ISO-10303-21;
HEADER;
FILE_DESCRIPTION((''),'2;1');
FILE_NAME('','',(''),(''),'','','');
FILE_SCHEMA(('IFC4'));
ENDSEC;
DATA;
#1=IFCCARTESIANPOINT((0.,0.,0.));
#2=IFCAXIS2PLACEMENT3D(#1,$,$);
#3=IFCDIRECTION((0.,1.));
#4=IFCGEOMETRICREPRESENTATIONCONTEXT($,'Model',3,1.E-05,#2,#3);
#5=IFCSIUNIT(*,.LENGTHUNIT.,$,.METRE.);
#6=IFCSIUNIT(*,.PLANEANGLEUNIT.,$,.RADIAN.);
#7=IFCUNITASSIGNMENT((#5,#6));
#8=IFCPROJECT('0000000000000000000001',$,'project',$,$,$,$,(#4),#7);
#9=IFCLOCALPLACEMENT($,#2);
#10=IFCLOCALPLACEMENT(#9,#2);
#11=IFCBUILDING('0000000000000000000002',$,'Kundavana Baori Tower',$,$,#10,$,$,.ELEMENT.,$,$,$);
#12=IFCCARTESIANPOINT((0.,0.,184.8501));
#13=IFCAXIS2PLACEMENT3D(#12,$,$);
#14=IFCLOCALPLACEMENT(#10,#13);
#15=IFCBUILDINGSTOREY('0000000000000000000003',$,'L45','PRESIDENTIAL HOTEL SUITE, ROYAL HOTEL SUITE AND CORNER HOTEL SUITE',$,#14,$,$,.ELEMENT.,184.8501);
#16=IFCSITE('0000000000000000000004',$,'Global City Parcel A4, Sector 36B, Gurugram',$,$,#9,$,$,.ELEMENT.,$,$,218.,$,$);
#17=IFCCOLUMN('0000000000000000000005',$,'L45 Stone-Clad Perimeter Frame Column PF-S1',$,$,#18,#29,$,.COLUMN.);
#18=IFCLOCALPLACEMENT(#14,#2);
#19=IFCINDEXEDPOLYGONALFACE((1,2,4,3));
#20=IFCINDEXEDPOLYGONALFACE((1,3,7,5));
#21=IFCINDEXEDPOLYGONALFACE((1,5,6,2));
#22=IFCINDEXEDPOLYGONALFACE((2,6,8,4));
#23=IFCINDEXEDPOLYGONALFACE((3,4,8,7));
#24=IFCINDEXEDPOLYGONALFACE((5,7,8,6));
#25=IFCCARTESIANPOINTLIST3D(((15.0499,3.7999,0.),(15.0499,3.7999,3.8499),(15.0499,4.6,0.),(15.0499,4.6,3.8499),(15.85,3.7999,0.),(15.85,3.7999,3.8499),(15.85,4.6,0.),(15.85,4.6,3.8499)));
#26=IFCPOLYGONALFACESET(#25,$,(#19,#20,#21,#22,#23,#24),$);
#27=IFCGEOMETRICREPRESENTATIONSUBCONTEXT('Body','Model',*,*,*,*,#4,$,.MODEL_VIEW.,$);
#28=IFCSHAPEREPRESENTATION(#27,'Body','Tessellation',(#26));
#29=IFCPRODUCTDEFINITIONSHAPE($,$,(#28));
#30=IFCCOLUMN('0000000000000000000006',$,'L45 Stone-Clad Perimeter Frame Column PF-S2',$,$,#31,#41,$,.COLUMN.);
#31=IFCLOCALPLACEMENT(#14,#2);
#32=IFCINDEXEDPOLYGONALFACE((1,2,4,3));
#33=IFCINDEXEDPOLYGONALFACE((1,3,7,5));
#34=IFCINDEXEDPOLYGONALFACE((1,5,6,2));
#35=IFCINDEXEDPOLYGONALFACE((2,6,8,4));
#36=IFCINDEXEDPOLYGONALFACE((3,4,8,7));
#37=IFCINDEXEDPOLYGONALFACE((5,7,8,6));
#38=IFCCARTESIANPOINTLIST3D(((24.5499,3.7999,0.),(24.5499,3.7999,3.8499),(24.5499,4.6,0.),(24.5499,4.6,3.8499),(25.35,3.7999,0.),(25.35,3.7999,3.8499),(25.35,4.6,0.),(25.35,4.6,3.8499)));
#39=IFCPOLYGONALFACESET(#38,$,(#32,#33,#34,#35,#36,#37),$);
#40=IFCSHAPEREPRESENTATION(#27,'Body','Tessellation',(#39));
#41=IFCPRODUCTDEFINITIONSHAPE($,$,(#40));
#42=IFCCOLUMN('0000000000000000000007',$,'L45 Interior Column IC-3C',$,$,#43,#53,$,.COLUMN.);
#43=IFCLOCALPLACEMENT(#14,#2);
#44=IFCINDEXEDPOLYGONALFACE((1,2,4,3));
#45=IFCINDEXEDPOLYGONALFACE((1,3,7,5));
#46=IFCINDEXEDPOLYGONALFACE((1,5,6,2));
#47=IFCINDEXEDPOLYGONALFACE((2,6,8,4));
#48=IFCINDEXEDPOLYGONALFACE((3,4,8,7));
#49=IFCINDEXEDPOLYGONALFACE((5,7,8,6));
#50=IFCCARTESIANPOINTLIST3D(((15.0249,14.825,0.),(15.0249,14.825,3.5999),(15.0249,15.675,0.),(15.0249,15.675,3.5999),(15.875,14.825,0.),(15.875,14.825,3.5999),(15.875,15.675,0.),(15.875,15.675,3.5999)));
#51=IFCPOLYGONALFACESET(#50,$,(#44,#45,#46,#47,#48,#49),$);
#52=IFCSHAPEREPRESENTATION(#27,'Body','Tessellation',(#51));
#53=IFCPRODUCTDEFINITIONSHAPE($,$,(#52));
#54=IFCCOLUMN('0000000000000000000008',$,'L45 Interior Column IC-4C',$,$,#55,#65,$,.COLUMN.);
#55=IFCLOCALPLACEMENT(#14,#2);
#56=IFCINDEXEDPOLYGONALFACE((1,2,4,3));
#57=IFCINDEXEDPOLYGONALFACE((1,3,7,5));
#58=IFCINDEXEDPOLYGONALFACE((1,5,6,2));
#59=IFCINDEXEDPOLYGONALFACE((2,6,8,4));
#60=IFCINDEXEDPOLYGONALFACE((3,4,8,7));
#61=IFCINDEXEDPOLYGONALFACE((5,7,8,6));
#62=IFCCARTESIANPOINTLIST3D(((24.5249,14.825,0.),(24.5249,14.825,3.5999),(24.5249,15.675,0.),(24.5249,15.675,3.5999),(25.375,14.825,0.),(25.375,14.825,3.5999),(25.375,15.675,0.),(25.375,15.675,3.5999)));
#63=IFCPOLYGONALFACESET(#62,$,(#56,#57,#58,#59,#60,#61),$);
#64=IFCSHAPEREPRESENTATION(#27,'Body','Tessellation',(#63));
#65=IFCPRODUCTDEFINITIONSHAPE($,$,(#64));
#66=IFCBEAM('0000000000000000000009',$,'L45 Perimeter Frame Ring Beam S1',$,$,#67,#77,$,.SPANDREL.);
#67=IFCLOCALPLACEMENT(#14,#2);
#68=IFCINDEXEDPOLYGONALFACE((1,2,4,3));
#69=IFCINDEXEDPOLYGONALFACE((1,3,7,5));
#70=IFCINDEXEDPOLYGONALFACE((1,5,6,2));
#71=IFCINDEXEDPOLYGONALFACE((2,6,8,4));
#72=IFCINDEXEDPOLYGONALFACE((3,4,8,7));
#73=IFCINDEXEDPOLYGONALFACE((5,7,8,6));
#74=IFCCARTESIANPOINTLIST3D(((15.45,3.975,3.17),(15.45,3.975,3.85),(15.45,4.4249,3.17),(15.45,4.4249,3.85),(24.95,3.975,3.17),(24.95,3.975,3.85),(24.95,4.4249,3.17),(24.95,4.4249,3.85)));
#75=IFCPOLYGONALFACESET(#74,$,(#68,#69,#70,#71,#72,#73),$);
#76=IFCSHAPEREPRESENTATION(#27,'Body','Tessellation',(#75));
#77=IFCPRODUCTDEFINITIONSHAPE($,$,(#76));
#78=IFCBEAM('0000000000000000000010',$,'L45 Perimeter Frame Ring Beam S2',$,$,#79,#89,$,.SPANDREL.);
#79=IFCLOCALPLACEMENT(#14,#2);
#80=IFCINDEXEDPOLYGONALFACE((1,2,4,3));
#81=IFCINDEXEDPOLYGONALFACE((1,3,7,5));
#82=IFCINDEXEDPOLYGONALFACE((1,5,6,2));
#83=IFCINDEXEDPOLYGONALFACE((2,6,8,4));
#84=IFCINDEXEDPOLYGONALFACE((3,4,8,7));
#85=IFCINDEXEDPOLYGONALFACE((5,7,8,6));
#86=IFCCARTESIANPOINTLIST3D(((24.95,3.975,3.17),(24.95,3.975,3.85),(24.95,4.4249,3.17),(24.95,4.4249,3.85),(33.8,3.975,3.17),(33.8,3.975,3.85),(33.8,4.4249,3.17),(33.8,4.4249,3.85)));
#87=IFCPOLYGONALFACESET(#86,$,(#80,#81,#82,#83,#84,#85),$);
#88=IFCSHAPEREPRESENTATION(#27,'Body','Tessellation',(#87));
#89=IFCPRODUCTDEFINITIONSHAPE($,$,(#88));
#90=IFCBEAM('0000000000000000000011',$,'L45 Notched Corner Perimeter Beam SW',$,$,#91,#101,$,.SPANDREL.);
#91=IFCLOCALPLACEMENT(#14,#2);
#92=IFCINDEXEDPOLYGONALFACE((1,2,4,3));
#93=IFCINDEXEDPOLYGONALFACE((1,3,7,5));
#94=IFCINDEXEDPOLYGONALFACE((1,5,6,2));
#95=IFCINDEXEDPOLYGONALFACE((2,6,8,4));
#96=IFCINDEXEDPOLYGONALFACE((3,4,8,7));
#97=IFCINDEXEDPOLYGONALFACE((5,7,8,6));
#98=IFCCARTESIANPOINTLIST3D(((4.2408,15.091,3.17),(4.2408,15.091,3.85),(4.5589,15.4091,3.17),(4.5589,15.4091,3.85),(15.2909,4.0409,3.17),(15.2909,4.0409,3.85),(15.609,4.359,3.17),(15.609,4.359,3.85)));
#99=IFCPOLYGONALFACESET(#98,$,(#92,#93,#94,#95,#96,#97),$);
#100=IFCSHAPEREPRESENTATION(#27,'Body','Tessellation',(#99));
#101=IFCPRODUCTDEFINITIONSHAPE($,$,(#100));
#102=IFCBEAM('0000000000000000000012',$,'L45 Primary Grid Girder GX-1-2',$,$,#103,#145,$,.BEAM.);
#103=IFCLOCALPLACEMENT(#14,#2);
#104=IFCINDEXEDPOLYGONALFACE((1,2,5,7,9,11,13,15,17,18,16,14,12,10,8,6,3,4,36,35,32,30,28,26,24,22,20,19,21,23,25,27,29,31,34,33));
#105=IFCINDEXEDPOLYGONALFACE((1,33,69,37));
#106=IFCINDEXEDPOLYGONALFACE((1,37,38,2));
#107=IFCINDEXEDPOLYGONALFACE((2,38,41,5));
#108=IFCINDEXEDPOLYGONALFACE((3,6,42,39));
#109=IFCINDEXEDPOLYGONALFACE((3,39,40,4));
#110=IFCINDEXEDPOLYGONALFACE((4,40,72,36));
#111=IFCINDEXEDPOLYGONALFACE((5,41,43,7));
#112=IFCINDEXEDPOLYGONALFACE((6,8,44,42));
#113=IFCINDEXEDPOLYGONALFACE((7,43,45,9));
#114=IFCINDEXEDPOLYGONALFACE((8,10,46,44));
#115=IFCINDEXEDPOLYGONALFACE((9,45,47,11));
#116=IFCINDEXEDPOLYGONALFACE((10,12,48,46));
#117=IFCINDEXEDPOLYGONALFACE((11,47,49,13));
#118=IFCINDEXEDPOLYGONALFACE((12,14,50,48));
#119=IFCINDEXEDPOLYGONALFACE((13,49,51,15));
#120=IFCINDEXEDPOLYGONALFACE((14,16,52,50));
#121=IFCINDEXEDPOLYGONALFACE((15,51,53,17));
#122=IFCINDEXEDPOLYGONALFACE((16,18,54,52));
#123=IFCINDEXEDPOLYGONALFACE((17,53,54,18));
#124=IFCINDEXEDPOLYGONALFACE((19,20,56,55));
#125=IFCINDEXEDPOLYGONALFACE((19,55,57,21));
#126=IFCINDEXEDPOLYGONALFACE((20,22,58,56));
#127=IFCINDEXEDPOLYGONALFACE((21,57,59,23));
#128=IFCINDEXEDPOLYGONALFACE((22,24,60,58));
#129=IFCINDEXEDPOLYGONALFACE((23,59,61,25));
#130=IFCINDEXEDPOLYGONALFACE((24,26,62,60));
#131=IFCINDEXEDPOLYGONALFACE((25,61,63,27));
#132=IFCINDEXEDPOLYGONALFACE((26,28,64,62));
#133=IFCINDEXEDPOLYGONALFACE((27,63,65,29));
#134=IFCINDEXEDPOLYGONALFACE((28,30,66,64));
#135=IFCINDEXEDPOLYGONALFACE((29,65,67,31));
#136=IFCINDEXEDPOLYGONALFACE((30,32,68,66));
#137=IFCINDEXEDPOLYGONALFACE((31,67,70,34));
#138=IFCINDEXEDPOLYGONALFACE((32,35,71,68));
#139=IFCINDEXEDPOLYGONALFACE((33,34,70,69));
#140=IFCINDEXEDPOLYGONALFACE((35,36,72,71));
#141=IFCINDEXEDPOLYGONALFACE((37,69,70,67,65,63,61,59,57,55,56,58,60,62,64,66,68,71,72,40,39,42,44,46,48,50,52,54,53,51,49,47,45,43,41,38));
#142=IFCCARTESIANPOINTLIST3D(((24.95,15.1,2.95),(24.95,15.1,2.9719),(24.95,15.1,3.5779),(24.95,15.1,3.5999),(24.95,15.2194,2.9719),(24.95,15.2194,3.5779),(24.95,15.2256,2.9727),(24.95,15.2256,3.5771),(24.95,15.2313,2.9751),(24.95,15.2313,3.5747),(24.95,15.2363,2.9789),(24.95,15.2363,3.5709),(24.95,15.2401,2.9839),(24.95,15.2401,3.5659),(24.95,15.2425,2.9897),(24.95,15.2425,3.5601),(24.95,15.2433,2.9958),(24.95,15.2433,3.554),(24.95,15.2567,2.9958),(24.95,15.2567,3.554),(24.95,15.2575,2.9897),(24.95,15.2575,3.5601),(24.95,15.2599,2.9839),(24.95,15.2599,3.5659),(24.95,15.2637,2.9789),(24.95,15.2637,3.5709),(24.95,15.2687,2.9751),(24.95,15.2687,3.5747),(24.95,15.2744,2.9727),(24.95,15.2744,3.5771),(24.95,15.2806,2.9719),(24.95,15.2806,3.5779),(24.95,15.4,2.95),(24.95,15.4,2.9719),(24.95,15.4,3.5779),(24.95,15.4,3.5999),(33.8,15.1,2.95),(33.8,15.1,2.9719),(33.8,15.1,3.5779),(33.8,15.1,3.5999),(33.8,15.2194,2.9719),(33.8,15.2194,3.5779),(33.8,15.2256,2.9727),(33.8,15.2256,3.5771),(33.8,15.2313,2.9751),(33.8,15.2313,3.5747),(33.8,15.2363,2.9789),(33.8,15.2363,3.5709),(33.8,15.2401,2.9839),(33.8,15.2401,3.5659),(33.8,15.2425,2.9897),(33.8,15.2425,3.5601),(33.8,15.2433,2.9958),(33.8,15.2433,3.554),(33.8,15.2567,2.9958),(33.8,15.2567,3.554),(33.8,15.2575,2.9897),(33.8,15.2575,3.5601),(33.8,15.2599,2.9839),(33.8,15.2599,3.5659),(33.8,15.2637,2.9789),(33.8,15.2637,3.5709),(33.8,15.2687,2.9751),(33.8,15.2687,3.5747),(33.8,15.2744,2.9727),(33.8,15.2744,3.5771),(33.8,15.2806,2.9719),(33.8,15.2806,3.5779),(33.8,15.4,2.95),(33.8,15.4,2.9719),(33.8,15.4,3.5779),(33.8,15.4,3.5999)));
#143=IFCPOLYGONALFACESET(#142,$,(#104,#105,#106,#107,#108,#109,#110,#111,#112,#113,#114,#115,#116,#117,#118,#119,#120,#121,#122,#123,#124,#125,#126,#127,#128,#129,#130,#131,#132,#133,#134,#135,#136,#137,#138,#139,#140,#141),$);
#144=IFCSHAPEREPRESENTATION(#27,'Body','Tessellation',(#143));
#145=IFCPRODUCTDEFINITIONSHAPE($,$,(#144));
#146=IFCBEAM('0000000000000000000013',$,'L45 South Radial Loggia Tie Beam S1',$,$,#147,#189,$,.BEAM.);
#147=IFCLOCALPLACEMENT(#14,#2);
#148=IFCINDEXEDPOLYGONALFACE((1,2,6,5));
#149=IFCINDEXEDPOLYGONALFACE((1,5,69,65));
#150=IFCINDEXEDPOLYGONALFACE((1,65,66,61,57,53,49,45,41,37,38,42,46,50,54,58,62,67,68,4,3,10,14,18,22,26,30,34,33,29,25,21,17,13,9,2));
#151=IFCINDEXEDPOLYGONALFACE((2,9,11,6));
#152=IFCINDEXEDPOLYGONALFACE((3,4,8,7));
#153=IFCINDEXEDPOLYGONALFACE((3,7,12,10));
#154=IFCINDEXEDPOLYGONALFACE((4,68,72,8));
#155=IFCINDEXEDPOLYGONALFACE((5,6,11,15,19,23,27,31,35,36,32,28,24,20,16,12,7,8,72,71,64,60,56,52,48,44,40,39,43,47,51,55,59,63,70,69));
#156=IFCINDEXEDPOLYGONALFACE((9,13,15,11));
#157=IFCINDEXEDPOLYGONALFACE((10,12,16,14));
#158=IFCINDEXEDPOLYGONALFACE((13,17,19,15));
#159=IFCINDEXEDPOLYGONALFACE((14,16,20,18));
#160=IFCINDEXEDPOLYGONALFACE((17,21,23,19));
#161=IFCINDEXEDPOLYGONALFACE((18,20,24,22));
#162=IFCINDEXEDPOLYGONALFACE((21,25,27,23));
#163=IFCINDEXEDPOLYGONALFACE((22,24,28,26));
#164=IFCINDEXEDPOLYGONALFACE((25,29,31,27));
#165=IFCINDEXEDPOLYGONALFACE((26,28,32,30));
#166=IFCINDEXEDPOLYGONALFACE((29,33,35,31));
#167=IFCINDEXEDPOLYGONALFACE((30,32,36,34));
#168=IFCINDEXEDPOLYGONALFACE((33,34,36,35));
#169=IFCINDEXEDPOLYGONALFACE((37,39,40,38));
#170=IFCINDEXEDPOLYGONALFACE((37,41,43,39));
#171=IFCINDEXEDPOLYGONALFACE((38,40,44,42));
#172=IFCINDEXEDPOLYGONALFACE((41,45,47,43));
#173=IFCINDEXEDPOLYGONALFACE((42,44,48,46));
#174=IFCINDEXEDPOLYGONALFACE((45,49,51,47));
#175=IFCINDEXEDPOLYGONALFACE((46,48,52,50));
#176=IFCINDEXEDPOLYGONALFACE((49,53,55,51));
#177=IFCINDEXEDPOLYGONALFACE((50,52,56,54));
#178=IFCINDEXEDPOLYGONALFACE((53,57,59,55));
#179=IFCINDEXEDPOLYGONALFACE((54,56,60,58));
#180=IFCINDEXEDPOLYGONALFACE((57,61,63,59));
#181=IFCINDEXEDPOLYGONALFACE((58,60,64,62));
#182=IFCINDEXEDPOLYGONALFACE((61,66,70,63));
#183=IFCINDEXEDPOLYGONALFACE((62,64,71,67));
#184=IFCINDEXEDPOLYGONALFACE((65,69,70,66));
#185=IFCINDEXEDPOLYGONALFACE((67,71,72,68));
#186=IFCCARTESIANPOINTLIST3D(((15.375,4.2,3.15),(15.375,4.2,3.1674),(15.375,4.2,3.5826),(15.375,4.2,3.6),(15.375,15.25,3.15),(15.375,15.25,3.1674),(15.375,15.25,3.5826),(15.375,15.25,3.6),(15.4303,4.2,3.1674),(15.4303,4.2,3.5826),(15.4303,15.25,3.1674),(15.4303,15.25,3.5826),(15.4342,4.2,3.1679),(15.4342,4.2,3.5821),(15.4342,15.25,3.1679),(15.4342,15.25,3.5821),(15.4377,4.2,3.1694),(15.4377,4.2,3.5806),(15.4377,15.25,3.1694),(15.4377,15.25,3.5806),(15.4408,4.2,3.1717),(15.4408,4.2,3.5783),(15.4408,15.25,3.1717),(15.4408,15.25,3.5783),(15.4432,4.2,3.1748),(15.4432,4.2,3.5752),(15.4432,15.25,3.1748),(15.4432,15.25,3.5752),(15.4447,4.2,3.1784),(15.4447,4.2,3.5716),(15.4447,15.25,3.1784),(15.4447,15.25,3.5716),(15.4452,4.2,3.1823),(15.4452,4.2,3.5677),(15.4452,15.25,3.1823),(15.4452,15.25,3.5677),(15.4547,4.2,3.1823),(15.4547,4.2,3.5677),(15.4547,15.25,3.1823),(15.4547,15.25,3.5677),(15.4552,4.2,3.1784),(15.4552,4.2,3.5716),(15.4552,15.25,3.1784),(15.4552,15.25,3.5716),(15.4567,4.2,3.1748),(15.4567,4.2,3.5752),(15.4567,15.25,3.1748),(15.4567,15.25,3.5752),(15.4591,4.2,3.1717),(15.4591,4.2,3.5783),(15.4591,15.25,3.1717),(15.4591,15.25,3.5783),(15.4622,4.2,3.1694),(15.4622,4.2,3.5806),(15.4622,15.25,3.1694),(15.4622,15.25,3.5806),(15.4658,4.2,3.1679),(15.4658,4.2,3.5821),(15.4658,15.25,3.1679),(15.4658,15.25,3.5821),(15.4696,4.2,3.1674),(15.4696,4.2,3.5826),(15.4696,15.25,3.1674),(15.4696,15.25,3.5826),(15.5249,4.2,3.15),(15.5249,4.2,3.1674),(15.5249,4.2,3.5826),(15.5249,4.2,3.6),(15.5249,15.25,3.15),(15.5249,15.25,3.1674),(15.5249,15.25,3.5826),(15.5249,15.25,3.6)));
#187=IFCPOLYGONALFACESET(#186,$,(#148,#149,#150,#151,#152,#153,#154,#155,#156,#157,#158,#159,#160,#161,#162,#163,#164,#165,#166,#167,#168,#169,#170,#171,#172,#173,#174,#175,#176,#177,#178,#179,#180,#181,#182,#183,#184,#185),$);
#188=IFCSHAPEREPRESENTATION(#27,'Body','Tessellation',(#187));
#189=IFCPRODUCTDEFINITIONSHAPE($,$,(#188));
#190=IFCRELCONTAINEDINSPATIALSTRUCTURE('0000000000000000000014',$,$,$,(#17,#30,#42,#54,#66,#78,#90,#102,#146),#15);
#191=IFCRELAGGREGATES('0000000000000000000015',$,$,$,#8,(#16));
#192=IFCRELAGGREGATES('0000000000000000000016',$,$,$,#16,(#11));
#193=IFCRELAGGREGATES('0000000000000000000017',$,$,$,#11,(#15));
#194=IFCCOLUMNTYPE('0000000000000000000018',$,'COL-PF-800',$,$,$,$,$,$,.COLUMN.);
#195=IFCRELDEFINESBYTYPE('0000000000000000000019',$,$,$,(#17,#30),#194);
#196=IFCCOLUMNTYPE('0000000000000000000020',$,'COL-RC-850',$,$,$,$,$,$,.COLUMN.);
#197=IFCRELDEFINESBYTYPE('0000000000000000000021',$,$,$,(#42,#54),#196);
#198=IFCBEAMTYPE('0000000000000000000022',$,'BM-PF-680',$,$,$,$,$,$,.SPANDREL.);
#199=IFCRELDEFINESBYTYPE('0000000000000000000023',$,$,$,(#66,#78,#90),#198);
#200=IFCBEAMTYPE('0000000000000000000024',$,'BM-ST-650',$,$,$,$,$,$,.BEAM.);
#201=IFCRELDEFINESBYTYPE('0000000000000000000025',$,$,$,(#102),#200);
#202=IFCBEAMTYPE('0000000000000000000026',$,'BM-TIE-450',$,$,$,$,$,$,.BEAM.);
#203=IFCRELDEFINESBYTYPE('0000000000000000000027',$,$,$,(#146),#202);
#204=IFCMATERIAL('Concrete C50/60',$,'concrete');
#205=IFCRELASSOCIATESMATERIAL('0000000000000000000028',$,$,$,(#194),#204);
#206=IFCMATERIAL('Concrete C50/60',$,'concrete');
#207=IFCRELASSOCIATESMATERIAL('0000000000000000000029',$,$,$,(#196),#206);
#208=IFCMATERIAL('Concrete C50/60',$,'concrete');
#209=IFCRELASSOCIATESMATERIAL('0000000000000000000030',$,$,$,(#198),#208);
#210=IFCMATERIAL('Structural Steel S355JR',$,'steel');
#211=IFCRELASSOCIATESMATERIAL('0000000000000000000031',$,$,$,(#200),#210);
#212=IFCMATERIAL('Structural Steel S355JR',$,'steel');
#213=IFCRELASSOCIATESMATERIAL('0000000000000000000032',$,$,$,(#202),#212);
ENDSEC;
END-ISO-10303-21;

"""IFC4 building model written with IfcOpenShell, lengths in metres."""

from ifc_helpers import new_model, si_unit, direction, frame, origin, origin_2d, place, context, subcontext, project, spatial, rectangle, i_section, extrude, material, material_profile, profile_set, type_object, element, save


model = new_model("IFC4")

# Units and contexts
model_context = context("Model", 3, precision=1e-05, world=origin(), true_north=direction((0.0, 1.0)))
body_context = subcontext(model_context, "Body", "Model", "MODEL_VIEW")
ifc_project = project(units=[si_unit("LENGTHUNIT", "METRE"), si_unit("PLANEANGLEUNIT", "RADIAN")], contexts=[model_context])

# Site, building, storey
site_placement = place(None, origin())
site = spatial("IfcSite", under=ifc_project, at=site_placement, Name="Global City Parcel A4, Sector 36B, Gurugram", CompositionType="ELEMENT", RefElevation=218.0)
building_placement = place(site_placement, origin())
building = spatial("IfcBuilding", under=site, at=building_placement, Name="Kundavana Baori Tower", CompositionType="ELEMENT")
storey_placement = place(building_placement, frame((0.0, 0.0, 184.8501)))
storey = spatial("IfcBuildingStorey", under=building, at=storey_placement, Name="L45", Description="PRESIDENTIAL HOTEL SUITE, ROYAL HOTEL SUITE AND CORNER HOTEL SUITE", CompositionType="ELEMENT", Elevation=184.8501)

# Columns
ifc_material_1 = material(Name="Concrete C50/60", Category="concrete")
ifc_material_profile_1 = material_profile(ifc_material_1, rectangle(XDim=0.8, YDim=0.8, at=origin_2d()), Name="RC PF 800x800")
ifc_profile_set_1 = profile_set([ifc_material_profile_1], Name="Concrete C50/60")
column_type_1 = type_object("IfcColumnType", Name="COL-PF-800", PredefinedType="COLUMN", material=ifc_profile_set_1)
for number, where, z_axis, x_axis, name in (
    (1, (15.45, 4.2, 0.0), (0.0, 0.0, 1.0), (1.0, 0.0, 0.0), "L45 Stone-Clad Perimeter Frame Column PF-S1"),
    (2, (24.95, 4.2, 0.0), (0.0, 0.0, 1.0), (1.0, 0.0, 0.0), "L45 Stone-Clad Perimeter Frame Column PF-S2"),
):
    element("IfcColumn", number, at=place(storey_placement, frame(where, z_axis=z_axis, x_axis=x_axis)), inside=storey, type_object=column_type_1, Name=name, PredefinedType="COLUMN", context=body_context, shape_type="SweptSolid", body=[
        extrude(rectangle(XDim=0.8, YDim=0.8, at=origin_2d()), origin(), (0.0, 0.0, 1.0), 3.8499),
    ])
ifc_material_2 = material(Name="Concrete C50/60", Category="concrete")
ifc_material_profile_2 = material_profile(ifc_material_2, rectangle(XDim=0.8501, YDim=0.8501, at=origin_2d()), Name="RC 850x850")
ifc_profile_set_2 = profile_set([ifc_material_profile_2], Name="Concrete C50/60")
column_type_2 = type_object("IfcColumnType", Name="COL-RC-850", PredefinedType="COLUMN", material=ifc_profile_set_2)
for number, where, z_axis, x_axis, name in (
    (3, (15.45, 15.25, 0.0), (0.0, 0.0, 1.0), (1.0, 0.0, 0.0), "L45 Interior Column IC-3C"),
    (4, (24.95, 15.25, 0.0), (0.0, 0.0, 1.0), (1.0, 0.0, 0.0), "L45 Interior Column IC-4C"),
):
    element("IfcColumn", number, at=place(storey_placement, frame(where, z_axis=z_axis, x_axis=x_axis)), inside=storey, type_object=column_type_2, Name=name, PredefinedType="COLUMN", context=body_context, shape_type="SweptSolid", body=[
        extrude(rectangle(XDim=0.8501, YDim=0.8501, at=origin_2d()), origin(), (0.0, 0.0, 1.0), 3.5999),
    ])

# Beams
ifc_material_3 = material(Name="Concrete C50/60", Category="concrete")
ifc_material_profile_3 = material_profile(ifc_material_3, rectangle(XDim=0.45, YDim=0.6799, at=origin_2d()), Name="RC BM 450x680")
ifc_profile_set_3 = profile_set([ifc_material_profile_3], Name="Concrete C50/60")
beam_type_1 = type_object("IfcBeamType", Name="BM-PF-680", PredefinedType="SPANDREL", material=ifc_profile_set_3)
beam_1_placement = place(storey_placement, frame((15.45, 4.2, 3.51), z_axis=(1.0, 0.0, 0.0), x_axis=(0.0, 1.0, 0.0)))
element("IfcBeam", 5, at=beam_1_placement, inside=storey, type_object=beam_type_1, Name="L45 Perimeter Frame Ring Beam S1", PredefinedType="SPANDREL", context=body_context, shape_type="SweptSolid", body=[
    extrude(rectangle(XDim=0.45, YDim=0.6799, at=origin_2d()), origin(), (0.0, 0.0, 1.0), 9.5),
])
beam_2_placement = place(storey_placement, frame((24.95, 4.2, 3.51), z_axis=(1.0, 0.0, 0.0), x_axis=(0.0, 1.0, 0.0)))
element("IfcBeam", 6, at=beam_2_placement, inside=storey, type_object=beam_type_1, Name="L45 Perimeter Frame Ring Beam S2", PredefinedType="SPANDREL", context=body_context, shape_type="SweptSolid", body=[
    extrude(rectangle(XDim=0.45, YDim=0.6799, at=origin_2d()), origin(), (0.0, 0.0, 1.0), 8.8501),
])
beam_3_placement = place(storey_placement, frame((15.45, 4.2, 3.51), z_axis=(-0.707107, 0.707107, 0.0), x_axis=(-0.707107, -0.707107, 0.0)))
element("IfcBeam", 7, at=beam_3_placement, inside=storey, type_object=beam_type_1, Name="L45 Notched Corner Perimeter Beam SW", PredefinedType="SPANDREL", context=body_context, shape_type="SweptSolid", body=[
    extrude(rectangle(XDim=0.45, YDim=0.6799, at=origin_2d()), origin(), (0.0, 0.0, 1.0), 15.6272),
])
ifc_material_4 = material(Name="Structural Steel S355JR", Category="steel")
ifc_material_profile_4 = material_profile(ifc_material_4, i_section(OverallWidth=0.3, OverallDepth=0.6499, WebThickness=0.0134, FlangeThickness=0.022, FilletRadius=0.0239, at=origin_2d()), Name="NPB 650x300x155")
ifc_profile_set_4 = profile_set([ifc_material_profile_4], Name="Structural Steel S355JR")
beam_type_2 = type_object("IfcBeamType", Name="BM-ST-650", PredefinedType="BEAM", material=ifc_profile_set_4)
beam_4_placement = place(storey_placement, frame((24.95, 15.25, 3.2749), z_axis=(1.0, 0.0, 0.0), x_axis=(0.0, 1.0, 0.0)))
element("IfcBeam", 8, at=beam_4_placement, inside=storey, type_object=beam_type_2, Name="L45 Primary Grid Girder GX-1-2", PredefinedType="BEAM", context=body_context, shape_type="SweptSolid", body=[
    extrude(i_section(OverallWidth=0.3, OverallDepth=0.6499, WebThickness=0.0134, FlangeThickness=0.022, FilletRadius=0.0239, at=origin_2d()), origin(), (0.0, 0.0, 1.0), 8.8501),
])
ifc_material_5 = material(Name="Structural Steel S355JR", Category="steel")
ifc_material_profile_5 = material_profile(ifc_material_5, i_section(OverallWidth=0.1499, OverallDepth=0.45, WebThickness=0.0095, FlangeThickness=0.0173, FilletRadius=0.0149, at=origin_2d()), Name="ISMB 450")
ifc_profile_set_5 = profile_set([ifc_material_profile_5], Name="Structural Steel S355JR")
beam_type_3 = type_object("IfcBeamType", Name="BM-TIE-450", PredefinedType="BEAM", material=ifc_profile_set_5)
for number, where, z_axis, x_axis, name in (
    (9, (15.45, 15.25, 3.375), (0.0, -1.0, 0.0), (1.0, 0.0, 0.0), "L45 South Radial Loggia Tie Beam S1"),
):
    element("IfcBeam", number, at=place(storey_placement, frame(where, z_axis=z_axis, x_axis=x_axis)), inside=storey, type_object=beam_type_3, Name=name, PredefinedType="BEAM", context=body_context, shape_type="SweptSolid", body=[
        extrude(i_section(OverallWidth=0.1499, OverallDepth=0.45, WebThickness=0.0095, FlangeThickness=0.0173, FilletRadius=0.0149, at=origin_2d()), origin(), (0.0, 0.0, 1.0), 11.05),
    ])

save(model, "model.ifc")
